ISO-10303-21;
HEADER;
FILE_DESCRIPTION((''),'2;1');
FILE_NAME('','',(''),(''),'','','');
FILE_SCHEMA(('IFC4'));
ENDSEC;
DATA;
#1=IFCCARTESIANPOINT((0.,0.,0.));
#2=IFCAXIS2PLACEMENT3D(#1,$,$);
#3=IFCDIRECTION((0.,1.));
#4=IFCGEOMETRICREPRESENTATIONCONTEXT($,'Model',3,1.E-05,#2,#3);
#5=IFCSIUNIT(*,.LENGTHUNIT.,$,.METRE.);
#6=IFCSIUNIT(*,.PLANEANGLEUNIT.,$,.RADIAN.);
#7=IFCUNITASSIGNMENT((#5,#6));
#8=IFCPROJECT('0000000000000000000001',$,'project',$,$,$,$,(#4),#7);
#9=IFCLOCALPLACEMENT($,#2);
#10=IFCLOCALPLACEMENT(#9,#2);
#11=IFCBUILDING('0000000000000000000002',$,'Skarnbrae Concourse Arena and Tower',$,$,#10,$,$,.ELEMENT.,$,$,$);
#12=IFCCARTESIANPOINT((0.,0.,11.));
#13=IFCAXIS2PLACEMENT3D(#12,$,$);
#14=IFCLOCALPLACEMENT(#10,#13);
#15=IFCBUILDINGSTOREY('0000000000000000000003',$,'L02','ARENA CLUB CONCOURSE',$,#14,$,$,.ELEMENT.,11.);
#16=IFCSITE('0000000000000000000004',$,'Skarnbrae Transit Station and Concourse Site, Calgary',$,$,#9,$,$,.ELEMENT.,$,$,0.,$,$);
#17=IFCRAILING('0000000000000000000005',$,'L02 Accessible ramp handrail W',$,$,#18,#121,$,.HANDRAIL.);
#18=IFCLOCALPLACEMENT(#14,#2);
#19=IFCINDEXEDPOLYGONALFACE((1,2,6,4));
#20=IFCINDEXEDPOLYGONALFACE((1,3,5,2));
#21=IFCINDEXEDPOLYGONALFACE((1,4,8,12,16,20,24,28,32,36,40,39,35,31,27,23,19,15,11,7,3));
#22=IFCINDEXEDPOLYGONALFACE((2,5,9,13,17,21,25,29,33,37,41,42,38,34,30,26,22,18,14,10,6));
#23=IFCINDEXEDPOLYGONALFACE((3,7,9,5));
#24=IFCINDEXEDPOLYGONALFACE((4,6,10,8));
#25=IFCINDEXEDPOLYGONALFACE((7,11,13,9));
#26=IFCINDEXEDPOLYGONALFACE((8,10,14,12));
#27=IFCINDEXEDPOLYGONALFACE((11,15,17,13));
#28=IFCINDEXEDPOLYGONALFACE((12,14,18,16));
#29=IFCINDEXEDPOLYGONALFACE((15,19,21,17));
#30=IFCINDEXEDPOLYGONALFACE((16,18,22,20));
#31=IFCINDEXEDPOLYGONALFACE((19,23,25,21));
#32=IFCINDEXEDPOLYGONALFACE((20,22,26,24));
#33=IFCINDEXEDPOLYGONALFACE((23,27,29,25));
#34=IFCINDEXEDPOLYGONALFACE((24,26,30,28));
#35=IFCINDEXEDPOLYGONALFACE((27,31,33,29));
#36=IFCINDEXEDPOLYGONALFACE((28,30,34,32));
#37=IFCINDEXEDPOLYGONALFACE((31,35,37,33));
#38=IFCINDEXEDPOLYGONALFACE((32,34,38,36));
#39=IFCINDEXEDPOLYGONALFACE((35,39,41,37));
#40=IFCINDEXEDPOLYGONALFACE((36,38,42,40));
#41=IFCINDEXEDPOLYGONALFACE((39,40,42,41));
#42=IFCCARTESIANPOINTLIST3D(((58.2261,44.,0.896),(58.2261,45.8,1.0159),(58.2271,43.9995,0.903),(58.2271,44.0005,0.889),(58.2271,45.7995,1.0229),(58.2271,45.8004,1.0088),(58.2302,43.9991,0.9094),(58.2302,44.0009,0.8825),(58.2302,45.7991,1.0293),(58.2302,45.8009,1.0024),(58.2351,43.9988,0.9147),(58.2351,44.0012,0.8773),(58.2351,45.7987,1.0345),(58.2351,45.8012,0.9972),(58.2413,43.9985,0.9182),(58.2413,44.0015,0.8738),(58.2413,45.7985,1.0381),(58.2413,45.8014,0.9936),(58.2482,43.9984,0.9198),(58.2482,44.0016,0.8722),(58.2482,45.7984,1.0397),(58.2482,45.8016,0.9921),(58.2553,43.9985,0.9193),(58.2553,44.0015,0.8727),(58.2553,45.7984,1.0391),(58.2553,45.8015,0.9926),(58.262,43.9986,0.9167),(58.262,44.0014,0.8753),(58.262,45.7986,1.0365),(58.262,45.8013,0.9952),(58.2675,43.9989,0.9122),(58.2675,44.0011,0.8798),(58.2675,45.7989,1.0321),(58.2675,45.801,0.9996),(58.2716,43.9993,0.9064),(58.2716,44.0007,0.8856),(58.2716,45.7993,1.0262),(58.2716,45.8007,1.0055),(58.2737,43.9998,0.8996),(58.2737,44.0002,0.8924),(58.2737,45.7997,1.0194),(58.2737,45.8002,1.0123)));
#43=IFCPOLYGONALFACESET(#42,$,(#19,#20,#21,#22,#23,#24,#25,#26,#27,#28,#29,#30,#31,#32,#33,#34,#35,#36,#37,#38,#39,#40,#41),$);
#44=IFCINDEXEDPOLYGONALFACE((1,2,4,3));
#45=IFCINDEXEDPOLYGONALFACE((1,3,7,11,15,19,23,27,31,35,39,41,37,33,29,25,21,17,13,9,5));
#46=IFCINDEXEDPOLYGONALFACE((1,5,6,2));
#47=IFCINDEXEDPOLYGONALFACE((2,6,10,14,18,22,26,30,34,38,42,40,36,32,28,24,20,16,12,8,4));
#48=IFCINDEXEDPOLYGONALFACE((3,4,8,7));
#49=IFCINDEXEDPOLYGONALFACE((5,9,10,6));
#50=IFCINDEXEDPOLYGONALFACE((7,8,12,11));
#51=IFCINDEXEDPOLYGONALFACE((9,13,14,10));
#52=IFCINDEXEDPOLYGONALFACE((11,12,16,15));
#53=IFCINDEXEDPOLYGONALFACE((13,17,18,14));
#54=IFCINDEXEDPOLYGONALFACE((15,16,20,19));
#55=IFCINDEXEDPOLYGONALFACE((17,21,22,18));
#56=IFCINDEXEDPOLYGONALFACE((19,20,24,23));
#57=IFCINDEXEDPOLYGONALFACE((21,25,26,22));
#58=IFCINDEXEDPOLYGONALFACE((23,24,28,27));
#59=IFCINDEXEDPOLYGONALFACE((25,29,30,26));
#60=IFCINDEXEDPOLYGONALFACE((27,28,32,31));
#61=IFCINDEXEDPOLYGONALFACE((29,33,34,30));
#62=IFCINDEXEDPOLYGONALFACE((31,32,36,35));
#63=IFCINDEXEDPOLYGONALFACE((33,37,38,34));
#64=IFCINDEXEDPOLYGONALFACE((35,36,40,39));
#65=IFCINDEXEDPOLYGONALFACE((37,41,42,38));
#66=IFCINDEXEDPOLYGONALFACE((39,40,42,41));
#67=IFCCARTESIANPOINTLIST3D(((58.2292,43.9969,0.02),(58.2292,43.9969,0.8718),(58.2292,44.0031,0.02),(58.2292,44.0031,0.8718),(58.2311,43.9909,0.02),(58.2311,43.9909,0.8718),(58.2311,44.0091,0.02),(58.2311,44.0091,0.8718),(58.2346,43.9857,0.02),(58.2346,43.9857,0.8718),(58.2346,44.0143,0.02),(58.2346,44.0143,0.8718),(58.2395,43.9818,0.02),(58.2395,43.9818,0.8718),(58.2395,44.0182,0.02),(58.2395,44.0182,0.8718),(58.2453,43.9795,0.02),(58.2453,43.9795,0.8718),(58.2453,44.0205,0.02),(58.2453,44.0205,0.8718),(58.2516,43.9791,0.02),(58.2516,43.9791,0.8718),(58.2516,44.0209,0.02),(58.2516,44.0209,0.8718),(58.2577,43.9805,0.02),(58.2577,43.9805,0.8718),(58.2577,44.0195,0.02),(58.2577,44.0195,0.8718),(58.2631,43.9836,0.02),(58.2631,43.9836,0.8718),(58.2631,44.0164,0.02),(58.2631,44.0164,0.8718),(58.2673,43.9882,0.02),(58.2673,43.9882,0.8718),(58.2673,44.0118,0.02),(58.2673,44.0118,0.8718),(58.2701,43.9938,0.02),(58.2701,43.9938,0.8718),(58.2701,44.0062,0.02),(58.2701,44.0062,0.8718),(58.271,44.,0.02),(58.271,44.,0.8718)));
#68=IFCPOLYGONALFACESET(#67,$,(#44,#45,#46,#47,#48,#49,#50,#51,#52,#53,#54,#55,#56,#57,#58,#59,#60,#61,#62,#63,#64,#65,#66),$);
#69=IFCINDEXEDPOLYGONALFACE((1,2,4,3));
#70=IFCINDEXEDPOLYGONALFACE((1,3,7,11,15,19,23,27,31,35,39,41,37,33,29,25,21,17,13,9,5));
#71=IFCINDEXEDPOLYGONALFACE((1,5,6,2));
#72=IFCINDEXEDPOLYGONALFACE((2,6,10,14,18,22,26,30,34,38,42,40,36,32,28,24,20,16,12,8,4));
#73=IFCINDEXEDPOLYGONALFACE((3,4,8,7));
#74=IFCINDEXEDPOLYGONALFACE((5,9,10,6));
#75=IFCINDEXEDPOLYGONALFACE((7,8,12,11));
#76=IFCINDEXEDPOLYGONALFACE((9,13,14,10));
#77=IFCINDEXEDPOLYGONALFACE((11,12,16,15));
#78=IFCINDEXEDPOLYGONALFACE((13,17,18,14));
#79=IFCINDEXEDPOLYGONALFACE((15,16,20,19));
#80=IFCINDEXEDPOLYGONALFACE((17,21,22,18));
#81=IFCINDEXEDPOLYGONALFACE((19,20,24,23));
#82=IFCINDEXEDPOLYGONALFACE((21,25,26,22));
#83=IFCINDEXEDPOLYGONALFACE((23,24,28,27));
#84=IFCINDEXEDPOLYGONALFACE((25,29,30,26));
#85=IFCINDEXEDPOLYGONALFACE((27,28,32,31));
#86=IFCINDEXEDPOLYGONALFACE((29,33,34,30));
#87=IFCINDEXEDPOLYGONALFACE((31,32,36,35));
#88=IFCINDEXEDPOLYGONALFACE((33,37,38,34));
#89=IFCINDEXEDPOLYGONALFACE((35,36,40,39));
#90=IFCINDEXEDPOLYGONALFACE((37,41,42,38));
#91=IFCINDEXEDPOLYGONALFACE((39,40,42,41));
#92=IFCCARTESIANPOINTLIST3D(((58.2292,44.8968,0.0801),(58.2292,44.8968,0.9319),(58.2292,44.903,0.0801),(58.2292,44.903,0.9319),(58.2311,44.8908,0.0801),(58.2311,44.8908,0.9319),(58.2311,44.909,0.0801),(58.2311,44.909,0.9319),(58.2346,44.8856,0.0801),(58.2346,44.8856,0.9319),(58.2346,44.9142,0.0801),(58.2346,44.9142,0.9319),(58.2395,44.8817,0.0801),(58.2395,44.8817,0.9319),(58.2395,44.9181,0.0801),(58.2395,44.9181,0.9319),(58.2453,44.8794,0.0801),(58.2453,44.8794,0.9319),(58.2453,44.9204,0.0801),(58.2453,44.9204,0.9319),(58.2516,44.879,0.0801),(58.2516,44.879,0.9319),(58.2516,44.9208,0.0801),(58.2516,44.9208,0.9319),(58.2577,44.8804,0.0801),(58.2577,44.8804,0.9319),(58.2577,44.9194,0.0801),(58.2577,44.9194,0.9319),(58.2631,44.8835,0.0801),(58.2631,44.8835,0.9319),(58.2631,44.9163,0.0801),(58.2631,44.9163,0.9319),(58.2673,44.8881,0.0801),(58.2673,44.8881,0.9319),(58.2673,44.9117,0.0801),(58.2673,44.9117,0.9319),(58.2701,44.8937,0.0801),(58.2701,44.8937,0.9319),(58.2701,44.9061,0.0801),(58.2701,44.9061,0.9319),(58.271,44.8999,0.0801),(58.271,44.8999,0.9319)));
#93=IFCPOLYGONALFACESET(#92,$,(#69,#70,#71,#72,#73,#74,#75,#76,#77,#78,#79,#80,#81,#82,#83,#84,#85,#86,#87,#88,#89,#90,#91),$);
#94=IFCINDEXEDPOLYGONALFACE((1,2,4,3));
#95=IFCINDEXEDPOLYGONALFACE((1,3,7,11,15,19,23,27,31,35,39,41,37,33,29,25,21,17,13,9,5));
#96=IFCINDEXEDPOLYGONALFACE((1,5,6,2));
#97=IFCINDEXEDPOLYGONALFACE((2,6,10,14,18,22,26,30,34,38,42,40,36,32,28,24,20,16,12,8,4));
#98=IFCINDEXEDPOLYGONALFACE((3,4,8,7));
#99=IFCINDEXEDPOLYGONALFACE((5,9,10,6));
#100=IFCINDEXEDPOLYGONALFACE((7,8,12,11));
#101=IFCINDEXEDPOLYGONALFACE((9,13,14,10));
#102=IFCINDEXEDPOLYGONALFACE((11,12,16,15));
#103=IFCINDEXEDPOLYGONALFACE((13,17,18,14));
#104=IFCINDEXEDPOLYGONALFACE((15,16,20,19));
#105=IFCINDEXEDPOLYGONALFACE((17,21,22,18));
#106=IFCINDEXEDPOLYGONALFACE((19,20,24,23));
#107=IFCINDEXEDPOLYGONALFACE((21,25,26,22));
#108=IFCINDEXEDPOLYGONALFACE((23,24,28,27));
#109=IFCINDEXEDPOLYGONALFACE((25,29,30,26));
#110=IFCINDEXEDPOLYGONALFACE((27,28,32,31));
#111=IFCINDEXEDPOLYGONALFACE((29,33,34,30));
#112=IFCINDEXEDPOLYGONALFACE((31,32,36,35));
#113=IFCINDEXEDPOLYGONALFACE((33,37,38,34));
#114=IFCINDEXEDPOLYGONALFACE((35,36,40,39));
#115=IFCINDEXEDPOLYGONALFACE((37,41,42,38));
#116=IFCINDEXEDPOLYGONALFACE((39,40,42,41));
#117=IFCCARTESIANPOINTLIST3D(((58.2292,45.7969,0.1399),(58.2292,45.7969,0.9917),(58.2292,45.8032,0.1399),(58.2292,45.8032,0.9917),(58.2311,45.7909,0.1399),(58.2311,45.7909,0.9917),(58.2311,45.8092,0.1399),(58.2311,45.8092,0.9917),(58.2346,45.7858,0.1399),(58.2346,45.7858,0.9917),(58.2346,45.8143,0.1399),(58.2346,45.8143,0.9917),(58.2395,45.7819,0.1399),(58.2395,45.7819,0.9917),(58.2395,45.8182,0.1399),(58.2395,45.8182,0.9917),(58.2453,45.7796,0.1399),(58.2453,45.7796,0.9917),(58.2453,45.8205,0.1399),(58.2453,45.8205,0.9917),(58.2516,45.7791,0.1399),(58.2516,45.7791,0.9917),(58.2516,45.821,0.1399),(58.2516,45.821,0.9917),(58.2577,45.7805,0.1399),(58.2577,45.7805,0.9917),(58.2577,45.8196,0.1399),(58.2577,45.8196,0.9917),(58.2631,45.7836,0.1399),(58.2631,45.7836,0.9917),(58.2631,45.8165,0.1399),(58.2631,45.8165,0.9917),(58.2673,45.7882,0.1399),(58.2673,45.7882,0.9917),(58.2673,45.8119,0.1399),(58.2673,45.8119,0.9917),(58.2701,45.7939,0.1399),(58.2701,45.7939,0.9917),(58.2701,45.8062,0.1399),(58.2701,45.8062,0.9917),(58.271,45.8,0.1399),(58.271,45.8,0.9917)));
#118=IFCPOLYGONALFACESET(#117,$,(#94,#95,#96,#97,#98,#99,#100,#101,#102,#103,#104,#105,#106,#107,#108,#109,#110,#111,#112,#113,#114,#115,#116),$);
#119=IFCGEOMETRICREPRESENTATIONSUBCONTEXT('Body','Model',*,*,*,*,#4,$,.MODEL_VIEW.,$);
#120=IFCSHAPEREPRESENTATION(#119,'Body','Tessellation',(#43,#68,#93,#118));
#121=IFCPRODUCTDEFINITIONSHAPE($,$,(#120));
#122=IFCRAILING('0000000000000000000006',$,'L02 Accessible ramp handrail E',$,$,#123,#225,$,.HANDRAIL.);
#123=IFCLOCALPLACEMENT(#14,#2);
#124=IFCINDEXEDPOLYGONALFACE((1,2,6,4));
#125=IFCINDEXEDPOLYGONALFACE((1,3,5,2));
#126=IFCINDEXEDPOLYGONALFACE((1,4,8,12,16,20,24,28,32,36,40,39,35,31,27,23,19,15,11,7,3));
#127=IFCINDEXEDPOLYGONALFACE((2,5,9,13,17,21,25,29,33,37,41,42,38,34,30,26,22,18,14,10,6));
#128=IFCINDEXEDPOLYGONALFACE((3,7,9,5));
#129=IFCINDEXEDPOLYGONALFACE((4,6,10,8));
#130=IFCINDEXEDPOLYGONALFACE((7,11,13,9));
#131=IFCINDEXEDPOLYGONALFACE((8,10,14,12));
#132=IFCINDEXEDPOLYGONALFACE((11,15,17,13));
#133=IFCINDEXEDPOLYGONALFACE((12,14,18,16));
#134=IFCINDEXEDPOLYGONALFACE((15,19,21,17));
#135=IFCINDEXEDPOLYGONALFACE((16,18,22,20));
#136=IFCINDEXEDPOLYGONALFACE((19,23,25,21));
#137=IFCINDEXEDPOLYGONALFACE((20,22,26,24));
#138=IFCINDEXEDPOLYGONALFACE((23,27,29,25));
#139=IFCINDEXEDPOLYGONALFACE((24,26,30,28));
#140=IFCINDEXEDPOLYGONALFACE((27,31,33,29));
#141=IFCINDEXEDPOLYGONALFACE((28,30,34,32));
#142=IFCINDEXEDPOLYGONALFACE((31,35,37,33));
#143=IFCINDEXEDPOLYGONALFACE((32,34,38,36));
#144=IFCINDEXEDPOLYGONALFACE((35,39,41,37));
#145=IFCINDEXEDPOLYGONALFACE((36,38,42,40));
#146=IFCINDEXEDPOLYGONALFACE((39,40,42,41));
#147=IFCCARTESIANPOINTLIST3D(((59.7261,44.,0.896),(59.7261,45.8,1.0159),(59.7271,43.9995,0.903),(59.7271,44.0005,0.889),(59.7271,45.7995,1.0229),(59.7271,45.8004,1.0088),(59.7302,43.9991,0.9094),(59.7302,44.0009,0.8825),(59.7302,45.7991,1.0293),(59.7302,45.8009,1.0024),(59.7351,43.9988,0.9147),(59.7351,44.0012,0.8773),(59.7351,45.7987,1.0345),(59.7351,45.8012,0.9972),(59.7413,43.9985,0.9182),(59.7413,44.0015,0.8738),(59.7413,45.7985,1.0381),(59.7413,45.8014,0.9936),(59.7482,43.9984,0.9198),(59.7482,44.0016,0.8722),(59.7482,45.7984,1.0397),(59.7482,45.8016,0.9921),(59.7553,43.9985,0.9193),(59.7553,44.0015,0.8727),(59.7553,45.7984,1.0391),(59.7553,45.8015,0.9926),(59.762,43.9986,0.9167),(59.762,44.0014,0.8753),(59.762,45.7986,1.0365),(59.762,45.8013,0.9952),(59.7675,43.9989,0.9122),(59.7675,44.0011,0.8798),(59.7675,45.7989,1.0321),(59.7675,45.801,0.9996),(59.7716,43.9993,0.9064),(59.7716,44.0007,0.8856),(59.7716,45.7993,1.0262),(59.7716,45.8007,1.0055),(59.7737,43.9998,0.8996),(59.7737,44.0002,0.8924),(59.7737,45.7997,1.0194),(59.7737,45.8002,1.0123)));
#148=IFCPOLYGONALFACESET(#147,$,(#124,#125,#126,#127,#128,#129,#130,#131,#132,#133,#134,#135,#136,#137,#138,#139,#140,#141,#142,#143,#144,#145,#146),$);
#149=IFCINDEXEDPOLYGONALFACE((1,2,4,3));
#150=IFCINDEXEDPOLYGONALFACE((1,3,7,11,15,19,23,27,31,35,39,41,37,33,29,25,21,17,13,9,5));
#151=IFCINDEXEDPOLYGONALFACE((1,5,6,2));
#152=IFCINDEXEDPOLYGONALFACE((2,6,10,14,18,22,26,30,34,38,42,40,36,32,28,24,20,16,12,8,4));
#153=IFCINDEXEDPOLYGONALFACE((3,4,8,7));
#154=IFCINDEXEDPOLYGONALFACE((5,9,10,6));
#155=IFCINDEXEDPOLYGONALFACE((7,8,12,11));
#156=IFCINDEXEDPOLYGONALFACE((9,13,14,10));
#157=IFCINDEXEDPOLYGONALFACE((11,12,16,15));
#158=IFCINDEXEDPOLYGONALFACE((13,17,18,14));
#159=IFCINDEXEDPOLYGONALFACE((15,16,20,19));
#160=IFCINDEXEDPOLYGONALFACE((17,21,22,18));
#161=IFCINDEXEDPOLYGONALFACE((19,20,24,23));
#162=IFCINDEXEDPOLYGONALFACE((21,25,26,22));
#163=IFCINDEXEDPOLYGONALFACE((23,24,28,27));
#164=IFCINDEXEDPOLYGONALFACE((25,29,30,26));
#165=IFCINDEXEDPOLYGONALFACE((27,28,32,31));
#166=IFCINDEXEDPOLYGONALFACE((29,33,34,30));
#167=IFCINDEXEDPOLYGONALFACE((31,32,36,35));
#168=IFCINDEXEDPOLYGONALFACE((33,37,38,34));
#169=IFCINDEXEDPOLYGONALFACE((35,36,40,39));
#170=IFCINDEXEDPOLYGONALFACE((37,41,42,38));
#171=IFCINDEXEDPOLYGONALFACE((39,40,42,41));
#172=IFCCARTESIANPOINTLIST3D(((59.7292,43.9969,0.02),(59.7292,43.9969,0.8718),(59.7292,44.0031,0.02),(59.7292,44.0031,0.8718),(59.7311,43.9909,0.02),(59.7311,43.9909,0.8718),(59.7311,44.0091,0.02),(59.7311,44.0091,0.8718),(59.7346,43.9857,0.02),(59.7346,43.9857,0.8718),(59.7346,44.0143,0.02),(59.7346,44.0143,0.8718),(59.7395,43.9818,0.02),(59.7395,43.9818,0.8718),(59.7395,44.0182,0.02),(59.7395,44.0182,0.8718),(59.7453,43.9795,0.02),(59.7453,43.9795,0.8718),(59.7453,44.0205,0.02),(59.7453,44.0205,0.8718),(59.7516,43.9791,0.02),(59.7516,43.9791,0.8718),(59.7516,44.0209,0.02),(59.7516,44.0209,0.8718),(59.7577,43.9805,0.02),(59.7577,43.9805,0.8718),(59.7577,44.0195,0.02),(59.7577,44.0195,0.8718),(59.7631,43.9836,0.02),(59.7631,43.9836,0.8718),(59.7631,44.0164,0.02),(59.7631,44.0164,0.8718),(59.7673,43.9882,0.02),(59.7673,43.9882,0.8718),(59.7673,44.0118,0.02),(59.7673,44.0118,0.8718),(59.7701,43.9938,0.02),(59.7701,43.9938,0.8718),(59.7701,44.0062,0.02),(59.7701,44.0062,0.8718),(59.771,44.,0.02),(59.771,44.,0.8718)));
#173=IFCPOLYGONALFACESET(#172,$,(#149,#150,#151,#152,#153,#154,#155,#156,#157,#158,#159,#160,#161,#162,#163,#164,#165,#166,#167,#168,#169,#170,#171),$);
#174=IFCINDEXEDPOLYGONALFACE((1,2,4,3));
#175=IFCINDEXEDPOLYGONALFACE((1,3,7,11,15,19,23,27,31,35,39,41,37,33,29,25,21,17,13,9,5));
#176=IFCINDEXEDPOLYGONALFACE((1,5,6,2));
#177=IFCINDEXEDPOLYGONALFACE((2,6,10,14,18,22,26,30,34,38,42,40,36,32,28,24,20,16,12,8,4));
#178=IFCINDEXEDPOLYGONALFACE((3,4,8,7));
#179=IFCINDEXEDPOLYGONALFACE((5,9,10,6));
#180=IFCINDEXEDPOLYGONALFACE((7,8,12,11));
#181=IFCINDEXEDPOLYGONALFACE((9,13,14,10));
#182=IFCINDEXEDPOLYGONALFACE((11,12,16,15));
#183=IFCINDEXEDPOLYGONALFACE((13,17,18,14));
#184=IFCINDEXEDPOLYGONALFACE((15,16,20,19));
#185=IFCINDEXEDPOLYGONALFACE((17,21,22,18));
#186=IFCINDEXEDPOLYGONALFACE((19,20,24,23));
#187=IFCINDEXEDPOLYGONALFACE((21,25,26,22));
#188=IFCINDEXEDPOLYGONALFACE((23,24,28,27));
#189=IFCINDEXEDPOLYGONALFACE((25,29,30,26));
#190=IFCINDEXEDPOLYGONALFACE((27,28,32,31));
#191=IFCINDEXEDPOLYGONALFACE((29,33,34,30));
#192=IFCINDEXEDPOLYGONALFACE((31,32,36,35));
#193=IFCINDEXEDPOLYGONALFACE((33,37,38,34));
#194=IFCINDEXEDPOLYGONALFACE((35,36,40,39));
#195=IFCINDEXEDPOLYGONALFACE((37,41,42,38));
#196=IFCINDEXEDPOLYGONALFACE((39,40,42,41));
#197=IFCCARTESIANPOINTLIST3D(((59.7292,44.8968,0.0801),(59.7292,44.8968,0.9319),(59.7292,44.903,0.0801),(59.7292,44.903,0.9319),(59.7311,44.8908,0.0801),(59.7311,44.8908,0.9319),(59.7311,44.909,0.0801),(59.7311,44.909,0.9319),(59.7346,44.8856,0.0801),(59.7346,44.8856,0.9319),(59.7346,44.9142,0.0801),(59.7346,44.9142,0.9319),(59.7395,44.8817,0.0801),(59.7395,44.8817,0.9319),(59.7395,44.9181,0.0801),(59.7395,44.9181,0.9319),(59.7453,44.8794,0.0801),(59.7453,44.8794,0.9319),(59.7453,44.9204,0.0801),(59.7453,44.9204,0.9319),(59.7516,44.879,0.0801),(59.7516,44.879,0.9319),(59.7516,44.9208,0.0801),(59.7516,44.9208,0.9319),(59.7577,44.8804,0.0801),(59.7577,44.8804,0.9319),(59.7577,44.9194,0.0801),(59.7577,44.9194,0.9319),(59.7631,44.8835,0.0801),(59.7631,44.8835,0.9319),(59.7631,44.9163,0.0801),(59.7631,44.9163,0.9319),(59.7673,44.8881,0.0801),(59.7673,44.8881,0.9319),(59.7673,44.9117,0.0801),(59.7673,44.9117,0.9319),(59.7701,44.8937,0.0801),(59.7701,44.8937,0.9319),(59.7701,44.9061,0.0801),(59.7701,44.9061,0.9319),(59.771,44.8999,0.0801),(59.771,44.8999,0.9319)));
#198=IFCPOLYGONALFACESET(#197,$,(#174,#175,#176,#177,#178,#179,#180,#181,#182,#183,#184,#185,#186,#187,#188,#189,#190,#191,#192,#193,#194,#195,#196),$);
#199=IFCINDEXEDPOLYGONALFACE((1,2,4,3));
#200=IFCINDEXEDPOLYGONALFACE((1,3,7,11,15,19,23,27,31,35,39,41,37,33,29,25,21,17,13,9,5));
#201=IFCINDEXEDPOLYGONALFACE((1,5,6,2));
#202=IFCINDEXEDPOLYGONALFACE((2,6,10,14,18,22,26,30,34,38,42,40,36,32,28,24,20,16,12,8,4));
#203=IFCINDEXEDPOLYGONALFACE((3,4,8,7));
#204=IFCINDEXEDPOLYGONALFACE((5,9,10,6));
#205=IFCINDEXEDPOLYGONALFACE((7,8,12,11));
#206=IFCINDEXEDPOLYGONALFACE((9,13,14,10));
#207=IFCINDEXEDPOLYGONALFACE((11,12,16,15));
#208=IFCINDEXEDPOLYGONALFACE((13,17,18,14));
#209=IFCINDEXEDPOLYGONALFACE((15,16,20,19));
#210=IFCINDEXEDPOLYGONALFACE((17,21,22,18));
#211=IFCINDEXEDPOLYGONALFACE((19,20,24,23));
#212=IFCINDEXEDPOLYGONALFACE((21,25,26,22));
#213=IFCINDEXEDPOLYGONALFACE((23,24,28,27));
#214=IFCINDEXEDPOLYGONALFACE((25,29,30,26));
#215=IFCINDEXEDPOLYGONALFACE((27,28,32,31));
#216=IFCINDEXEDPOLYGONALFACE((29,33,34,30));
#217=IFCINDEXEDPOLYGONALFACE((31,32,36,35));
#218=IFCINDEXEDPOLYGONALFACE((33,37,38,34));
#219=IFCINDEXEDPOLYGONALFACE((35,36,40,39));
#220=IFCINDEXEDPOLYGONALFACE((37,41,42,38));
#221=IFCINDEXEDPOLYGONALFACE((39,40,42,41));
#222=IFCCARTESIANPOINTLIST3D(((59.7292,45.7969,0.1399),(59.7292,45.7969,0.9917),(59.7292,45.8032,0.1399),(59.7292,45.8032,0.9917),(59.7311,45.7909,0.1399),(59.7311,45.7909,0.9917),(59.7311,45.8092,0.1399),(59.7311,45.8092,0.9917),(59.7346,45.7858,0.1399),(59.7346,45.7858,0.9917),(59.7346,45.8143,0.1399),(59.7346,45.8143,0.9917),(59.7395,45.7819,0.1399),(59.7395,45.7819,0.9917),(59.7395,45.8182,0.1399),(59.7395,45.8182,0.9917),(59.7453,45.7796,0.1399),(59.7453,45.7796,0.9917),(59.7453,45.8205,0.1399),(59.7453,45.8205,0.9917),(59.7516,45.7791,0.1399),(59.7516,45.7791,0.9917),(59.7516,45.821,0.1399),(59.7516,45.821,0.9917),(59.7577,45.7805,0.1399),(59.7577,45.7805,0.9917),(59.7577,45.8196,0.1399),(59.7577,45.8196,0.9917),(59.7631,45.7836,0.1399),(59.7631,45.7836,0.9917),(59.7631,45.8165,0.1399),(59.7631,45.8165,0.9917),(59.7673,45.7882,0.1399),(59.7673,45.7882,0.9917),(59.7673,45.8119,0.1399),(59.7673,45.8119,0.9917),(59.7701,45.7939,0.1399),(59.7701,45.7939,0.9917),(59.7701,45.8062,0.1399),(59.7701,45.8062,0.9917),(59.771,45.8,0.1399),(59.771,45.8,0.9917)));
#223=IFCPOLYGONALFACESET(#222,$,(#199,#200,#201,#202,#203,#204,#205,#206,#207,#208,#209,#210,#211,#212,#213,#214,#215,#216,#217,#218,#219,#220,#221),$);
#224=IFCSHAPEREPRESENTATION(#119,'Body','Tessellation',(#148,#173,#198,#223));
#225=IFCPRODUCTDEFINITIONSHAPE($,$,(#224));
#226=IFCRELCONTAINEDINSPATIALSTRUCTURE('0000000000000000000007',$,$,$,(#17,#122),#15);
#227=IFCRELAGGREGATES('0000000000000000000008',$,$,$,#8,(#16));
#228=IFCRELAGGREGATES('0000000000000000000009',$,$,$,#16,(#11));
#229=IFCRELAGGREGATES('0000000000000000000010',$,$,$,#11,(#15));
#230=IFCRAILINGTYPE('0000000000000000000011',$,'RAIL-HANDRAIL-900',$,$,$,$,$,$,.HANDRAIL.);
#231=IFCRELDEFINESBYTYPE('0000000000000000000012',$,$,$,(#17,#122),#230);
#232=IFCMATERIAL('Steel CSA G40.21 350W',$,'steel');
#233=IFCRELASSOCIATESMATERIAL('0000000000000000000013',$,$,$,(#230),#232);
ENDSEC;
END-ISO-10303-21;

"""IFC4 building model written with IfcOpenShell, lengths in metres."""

from ifc_helpers import new_model, si_unit, direction, frame, origin, origin_2d, place, context, subcontext, project, spatial, circle, extrude, material, type_object, element, save


model = new_model("IFC4")

# Units and contexts
model_context = context("Model", 3, precision=1e-05, world=origin(), true_north=direction((0.0, 1.0)))
body_context = subcontext(model_context, "Body", "Model", "MODEL_VIEW")
ifc_project = project(units=[si_unit("LENGTHUNIT", "METRE"), si_unit("PLANEANGLEUNIT", "RADIAN")], contexts=[model_context])

# Site, building, storey
site_placement = place(None, origin())
site = spatial("IfcSite", under=ifc_project, at=site_placement, Name="Skarnbrae Transit Station and Concourse Site, Calgary", CompositionType="ELEMENT", RefElevation=0.0)
building_placement = place(site_placement, origin())
building = spatial("IfcBuilding", under=site, at=building_placement, Name="Skarnbrae Concourse Arena and Tower", CompositionType="ELEMENT")
storey_placement = place(building_placement, frame((0.0, 0.0, 11.0)))
storey = spatial("IfcBuildingStorey", under=building, at=storey_placement, Name="L02", Description="ARENA CLUB CONCOURSE", CompositionType="ELEMENT", Elevation=11.0)

# Shared definitions
ifc_material_1 = material(Name="Steel CSA G40.21 350W", Category="steel")

# Railings
railing_type_1 = type_object("IfcRailingType", Name="RAIL-HANDRAIL-900", PredefinedType="HANDRAIL", material=ifc_material_1)
for number, where, name in (
    (1, (58.25, 44.0, 0.02), "L02 Accessible ramp handrail W"),
    (2, (59.75, 44.0, 0.02), "L02 Accessible ramp handrail E"),
):
    element("IfcRailing", number, at=place(storey_placement, frame(where)), inside=storey, type_object=railing_type_1, Name=name, PredefinedType="HANDRAIL", context=body_context, shape_type="SweptSolid", body=[
        extrude(circle(Radius=0.0239, at=origin_2d()), frame((0.0, 0.0, 0.876), z_axis=(0.0, 0.99779, 0.066447), x_axis=(-1.0, 0.0, 0.0)), (0.0, 0.0, 1.0), 1.804),
        extrude(circle(Radius=0.021, at=origin_2d()), origin(), (0.0, 0.0, 1.0), 0.8518),
        extrude(circle(Radius=0.021, at=origin_2d()), frame((0.0, 0.8999, 0.0601)), (0.0, 0.0, 1.0), 0.8518),
        extrude(circle(Radius=0.021, at=origin_2d()), frame((0.0, 1.8, 0.1199)), (0.0, 0.0, 1.0), 0.8518),
    ])

save(model, "model.ifc")
